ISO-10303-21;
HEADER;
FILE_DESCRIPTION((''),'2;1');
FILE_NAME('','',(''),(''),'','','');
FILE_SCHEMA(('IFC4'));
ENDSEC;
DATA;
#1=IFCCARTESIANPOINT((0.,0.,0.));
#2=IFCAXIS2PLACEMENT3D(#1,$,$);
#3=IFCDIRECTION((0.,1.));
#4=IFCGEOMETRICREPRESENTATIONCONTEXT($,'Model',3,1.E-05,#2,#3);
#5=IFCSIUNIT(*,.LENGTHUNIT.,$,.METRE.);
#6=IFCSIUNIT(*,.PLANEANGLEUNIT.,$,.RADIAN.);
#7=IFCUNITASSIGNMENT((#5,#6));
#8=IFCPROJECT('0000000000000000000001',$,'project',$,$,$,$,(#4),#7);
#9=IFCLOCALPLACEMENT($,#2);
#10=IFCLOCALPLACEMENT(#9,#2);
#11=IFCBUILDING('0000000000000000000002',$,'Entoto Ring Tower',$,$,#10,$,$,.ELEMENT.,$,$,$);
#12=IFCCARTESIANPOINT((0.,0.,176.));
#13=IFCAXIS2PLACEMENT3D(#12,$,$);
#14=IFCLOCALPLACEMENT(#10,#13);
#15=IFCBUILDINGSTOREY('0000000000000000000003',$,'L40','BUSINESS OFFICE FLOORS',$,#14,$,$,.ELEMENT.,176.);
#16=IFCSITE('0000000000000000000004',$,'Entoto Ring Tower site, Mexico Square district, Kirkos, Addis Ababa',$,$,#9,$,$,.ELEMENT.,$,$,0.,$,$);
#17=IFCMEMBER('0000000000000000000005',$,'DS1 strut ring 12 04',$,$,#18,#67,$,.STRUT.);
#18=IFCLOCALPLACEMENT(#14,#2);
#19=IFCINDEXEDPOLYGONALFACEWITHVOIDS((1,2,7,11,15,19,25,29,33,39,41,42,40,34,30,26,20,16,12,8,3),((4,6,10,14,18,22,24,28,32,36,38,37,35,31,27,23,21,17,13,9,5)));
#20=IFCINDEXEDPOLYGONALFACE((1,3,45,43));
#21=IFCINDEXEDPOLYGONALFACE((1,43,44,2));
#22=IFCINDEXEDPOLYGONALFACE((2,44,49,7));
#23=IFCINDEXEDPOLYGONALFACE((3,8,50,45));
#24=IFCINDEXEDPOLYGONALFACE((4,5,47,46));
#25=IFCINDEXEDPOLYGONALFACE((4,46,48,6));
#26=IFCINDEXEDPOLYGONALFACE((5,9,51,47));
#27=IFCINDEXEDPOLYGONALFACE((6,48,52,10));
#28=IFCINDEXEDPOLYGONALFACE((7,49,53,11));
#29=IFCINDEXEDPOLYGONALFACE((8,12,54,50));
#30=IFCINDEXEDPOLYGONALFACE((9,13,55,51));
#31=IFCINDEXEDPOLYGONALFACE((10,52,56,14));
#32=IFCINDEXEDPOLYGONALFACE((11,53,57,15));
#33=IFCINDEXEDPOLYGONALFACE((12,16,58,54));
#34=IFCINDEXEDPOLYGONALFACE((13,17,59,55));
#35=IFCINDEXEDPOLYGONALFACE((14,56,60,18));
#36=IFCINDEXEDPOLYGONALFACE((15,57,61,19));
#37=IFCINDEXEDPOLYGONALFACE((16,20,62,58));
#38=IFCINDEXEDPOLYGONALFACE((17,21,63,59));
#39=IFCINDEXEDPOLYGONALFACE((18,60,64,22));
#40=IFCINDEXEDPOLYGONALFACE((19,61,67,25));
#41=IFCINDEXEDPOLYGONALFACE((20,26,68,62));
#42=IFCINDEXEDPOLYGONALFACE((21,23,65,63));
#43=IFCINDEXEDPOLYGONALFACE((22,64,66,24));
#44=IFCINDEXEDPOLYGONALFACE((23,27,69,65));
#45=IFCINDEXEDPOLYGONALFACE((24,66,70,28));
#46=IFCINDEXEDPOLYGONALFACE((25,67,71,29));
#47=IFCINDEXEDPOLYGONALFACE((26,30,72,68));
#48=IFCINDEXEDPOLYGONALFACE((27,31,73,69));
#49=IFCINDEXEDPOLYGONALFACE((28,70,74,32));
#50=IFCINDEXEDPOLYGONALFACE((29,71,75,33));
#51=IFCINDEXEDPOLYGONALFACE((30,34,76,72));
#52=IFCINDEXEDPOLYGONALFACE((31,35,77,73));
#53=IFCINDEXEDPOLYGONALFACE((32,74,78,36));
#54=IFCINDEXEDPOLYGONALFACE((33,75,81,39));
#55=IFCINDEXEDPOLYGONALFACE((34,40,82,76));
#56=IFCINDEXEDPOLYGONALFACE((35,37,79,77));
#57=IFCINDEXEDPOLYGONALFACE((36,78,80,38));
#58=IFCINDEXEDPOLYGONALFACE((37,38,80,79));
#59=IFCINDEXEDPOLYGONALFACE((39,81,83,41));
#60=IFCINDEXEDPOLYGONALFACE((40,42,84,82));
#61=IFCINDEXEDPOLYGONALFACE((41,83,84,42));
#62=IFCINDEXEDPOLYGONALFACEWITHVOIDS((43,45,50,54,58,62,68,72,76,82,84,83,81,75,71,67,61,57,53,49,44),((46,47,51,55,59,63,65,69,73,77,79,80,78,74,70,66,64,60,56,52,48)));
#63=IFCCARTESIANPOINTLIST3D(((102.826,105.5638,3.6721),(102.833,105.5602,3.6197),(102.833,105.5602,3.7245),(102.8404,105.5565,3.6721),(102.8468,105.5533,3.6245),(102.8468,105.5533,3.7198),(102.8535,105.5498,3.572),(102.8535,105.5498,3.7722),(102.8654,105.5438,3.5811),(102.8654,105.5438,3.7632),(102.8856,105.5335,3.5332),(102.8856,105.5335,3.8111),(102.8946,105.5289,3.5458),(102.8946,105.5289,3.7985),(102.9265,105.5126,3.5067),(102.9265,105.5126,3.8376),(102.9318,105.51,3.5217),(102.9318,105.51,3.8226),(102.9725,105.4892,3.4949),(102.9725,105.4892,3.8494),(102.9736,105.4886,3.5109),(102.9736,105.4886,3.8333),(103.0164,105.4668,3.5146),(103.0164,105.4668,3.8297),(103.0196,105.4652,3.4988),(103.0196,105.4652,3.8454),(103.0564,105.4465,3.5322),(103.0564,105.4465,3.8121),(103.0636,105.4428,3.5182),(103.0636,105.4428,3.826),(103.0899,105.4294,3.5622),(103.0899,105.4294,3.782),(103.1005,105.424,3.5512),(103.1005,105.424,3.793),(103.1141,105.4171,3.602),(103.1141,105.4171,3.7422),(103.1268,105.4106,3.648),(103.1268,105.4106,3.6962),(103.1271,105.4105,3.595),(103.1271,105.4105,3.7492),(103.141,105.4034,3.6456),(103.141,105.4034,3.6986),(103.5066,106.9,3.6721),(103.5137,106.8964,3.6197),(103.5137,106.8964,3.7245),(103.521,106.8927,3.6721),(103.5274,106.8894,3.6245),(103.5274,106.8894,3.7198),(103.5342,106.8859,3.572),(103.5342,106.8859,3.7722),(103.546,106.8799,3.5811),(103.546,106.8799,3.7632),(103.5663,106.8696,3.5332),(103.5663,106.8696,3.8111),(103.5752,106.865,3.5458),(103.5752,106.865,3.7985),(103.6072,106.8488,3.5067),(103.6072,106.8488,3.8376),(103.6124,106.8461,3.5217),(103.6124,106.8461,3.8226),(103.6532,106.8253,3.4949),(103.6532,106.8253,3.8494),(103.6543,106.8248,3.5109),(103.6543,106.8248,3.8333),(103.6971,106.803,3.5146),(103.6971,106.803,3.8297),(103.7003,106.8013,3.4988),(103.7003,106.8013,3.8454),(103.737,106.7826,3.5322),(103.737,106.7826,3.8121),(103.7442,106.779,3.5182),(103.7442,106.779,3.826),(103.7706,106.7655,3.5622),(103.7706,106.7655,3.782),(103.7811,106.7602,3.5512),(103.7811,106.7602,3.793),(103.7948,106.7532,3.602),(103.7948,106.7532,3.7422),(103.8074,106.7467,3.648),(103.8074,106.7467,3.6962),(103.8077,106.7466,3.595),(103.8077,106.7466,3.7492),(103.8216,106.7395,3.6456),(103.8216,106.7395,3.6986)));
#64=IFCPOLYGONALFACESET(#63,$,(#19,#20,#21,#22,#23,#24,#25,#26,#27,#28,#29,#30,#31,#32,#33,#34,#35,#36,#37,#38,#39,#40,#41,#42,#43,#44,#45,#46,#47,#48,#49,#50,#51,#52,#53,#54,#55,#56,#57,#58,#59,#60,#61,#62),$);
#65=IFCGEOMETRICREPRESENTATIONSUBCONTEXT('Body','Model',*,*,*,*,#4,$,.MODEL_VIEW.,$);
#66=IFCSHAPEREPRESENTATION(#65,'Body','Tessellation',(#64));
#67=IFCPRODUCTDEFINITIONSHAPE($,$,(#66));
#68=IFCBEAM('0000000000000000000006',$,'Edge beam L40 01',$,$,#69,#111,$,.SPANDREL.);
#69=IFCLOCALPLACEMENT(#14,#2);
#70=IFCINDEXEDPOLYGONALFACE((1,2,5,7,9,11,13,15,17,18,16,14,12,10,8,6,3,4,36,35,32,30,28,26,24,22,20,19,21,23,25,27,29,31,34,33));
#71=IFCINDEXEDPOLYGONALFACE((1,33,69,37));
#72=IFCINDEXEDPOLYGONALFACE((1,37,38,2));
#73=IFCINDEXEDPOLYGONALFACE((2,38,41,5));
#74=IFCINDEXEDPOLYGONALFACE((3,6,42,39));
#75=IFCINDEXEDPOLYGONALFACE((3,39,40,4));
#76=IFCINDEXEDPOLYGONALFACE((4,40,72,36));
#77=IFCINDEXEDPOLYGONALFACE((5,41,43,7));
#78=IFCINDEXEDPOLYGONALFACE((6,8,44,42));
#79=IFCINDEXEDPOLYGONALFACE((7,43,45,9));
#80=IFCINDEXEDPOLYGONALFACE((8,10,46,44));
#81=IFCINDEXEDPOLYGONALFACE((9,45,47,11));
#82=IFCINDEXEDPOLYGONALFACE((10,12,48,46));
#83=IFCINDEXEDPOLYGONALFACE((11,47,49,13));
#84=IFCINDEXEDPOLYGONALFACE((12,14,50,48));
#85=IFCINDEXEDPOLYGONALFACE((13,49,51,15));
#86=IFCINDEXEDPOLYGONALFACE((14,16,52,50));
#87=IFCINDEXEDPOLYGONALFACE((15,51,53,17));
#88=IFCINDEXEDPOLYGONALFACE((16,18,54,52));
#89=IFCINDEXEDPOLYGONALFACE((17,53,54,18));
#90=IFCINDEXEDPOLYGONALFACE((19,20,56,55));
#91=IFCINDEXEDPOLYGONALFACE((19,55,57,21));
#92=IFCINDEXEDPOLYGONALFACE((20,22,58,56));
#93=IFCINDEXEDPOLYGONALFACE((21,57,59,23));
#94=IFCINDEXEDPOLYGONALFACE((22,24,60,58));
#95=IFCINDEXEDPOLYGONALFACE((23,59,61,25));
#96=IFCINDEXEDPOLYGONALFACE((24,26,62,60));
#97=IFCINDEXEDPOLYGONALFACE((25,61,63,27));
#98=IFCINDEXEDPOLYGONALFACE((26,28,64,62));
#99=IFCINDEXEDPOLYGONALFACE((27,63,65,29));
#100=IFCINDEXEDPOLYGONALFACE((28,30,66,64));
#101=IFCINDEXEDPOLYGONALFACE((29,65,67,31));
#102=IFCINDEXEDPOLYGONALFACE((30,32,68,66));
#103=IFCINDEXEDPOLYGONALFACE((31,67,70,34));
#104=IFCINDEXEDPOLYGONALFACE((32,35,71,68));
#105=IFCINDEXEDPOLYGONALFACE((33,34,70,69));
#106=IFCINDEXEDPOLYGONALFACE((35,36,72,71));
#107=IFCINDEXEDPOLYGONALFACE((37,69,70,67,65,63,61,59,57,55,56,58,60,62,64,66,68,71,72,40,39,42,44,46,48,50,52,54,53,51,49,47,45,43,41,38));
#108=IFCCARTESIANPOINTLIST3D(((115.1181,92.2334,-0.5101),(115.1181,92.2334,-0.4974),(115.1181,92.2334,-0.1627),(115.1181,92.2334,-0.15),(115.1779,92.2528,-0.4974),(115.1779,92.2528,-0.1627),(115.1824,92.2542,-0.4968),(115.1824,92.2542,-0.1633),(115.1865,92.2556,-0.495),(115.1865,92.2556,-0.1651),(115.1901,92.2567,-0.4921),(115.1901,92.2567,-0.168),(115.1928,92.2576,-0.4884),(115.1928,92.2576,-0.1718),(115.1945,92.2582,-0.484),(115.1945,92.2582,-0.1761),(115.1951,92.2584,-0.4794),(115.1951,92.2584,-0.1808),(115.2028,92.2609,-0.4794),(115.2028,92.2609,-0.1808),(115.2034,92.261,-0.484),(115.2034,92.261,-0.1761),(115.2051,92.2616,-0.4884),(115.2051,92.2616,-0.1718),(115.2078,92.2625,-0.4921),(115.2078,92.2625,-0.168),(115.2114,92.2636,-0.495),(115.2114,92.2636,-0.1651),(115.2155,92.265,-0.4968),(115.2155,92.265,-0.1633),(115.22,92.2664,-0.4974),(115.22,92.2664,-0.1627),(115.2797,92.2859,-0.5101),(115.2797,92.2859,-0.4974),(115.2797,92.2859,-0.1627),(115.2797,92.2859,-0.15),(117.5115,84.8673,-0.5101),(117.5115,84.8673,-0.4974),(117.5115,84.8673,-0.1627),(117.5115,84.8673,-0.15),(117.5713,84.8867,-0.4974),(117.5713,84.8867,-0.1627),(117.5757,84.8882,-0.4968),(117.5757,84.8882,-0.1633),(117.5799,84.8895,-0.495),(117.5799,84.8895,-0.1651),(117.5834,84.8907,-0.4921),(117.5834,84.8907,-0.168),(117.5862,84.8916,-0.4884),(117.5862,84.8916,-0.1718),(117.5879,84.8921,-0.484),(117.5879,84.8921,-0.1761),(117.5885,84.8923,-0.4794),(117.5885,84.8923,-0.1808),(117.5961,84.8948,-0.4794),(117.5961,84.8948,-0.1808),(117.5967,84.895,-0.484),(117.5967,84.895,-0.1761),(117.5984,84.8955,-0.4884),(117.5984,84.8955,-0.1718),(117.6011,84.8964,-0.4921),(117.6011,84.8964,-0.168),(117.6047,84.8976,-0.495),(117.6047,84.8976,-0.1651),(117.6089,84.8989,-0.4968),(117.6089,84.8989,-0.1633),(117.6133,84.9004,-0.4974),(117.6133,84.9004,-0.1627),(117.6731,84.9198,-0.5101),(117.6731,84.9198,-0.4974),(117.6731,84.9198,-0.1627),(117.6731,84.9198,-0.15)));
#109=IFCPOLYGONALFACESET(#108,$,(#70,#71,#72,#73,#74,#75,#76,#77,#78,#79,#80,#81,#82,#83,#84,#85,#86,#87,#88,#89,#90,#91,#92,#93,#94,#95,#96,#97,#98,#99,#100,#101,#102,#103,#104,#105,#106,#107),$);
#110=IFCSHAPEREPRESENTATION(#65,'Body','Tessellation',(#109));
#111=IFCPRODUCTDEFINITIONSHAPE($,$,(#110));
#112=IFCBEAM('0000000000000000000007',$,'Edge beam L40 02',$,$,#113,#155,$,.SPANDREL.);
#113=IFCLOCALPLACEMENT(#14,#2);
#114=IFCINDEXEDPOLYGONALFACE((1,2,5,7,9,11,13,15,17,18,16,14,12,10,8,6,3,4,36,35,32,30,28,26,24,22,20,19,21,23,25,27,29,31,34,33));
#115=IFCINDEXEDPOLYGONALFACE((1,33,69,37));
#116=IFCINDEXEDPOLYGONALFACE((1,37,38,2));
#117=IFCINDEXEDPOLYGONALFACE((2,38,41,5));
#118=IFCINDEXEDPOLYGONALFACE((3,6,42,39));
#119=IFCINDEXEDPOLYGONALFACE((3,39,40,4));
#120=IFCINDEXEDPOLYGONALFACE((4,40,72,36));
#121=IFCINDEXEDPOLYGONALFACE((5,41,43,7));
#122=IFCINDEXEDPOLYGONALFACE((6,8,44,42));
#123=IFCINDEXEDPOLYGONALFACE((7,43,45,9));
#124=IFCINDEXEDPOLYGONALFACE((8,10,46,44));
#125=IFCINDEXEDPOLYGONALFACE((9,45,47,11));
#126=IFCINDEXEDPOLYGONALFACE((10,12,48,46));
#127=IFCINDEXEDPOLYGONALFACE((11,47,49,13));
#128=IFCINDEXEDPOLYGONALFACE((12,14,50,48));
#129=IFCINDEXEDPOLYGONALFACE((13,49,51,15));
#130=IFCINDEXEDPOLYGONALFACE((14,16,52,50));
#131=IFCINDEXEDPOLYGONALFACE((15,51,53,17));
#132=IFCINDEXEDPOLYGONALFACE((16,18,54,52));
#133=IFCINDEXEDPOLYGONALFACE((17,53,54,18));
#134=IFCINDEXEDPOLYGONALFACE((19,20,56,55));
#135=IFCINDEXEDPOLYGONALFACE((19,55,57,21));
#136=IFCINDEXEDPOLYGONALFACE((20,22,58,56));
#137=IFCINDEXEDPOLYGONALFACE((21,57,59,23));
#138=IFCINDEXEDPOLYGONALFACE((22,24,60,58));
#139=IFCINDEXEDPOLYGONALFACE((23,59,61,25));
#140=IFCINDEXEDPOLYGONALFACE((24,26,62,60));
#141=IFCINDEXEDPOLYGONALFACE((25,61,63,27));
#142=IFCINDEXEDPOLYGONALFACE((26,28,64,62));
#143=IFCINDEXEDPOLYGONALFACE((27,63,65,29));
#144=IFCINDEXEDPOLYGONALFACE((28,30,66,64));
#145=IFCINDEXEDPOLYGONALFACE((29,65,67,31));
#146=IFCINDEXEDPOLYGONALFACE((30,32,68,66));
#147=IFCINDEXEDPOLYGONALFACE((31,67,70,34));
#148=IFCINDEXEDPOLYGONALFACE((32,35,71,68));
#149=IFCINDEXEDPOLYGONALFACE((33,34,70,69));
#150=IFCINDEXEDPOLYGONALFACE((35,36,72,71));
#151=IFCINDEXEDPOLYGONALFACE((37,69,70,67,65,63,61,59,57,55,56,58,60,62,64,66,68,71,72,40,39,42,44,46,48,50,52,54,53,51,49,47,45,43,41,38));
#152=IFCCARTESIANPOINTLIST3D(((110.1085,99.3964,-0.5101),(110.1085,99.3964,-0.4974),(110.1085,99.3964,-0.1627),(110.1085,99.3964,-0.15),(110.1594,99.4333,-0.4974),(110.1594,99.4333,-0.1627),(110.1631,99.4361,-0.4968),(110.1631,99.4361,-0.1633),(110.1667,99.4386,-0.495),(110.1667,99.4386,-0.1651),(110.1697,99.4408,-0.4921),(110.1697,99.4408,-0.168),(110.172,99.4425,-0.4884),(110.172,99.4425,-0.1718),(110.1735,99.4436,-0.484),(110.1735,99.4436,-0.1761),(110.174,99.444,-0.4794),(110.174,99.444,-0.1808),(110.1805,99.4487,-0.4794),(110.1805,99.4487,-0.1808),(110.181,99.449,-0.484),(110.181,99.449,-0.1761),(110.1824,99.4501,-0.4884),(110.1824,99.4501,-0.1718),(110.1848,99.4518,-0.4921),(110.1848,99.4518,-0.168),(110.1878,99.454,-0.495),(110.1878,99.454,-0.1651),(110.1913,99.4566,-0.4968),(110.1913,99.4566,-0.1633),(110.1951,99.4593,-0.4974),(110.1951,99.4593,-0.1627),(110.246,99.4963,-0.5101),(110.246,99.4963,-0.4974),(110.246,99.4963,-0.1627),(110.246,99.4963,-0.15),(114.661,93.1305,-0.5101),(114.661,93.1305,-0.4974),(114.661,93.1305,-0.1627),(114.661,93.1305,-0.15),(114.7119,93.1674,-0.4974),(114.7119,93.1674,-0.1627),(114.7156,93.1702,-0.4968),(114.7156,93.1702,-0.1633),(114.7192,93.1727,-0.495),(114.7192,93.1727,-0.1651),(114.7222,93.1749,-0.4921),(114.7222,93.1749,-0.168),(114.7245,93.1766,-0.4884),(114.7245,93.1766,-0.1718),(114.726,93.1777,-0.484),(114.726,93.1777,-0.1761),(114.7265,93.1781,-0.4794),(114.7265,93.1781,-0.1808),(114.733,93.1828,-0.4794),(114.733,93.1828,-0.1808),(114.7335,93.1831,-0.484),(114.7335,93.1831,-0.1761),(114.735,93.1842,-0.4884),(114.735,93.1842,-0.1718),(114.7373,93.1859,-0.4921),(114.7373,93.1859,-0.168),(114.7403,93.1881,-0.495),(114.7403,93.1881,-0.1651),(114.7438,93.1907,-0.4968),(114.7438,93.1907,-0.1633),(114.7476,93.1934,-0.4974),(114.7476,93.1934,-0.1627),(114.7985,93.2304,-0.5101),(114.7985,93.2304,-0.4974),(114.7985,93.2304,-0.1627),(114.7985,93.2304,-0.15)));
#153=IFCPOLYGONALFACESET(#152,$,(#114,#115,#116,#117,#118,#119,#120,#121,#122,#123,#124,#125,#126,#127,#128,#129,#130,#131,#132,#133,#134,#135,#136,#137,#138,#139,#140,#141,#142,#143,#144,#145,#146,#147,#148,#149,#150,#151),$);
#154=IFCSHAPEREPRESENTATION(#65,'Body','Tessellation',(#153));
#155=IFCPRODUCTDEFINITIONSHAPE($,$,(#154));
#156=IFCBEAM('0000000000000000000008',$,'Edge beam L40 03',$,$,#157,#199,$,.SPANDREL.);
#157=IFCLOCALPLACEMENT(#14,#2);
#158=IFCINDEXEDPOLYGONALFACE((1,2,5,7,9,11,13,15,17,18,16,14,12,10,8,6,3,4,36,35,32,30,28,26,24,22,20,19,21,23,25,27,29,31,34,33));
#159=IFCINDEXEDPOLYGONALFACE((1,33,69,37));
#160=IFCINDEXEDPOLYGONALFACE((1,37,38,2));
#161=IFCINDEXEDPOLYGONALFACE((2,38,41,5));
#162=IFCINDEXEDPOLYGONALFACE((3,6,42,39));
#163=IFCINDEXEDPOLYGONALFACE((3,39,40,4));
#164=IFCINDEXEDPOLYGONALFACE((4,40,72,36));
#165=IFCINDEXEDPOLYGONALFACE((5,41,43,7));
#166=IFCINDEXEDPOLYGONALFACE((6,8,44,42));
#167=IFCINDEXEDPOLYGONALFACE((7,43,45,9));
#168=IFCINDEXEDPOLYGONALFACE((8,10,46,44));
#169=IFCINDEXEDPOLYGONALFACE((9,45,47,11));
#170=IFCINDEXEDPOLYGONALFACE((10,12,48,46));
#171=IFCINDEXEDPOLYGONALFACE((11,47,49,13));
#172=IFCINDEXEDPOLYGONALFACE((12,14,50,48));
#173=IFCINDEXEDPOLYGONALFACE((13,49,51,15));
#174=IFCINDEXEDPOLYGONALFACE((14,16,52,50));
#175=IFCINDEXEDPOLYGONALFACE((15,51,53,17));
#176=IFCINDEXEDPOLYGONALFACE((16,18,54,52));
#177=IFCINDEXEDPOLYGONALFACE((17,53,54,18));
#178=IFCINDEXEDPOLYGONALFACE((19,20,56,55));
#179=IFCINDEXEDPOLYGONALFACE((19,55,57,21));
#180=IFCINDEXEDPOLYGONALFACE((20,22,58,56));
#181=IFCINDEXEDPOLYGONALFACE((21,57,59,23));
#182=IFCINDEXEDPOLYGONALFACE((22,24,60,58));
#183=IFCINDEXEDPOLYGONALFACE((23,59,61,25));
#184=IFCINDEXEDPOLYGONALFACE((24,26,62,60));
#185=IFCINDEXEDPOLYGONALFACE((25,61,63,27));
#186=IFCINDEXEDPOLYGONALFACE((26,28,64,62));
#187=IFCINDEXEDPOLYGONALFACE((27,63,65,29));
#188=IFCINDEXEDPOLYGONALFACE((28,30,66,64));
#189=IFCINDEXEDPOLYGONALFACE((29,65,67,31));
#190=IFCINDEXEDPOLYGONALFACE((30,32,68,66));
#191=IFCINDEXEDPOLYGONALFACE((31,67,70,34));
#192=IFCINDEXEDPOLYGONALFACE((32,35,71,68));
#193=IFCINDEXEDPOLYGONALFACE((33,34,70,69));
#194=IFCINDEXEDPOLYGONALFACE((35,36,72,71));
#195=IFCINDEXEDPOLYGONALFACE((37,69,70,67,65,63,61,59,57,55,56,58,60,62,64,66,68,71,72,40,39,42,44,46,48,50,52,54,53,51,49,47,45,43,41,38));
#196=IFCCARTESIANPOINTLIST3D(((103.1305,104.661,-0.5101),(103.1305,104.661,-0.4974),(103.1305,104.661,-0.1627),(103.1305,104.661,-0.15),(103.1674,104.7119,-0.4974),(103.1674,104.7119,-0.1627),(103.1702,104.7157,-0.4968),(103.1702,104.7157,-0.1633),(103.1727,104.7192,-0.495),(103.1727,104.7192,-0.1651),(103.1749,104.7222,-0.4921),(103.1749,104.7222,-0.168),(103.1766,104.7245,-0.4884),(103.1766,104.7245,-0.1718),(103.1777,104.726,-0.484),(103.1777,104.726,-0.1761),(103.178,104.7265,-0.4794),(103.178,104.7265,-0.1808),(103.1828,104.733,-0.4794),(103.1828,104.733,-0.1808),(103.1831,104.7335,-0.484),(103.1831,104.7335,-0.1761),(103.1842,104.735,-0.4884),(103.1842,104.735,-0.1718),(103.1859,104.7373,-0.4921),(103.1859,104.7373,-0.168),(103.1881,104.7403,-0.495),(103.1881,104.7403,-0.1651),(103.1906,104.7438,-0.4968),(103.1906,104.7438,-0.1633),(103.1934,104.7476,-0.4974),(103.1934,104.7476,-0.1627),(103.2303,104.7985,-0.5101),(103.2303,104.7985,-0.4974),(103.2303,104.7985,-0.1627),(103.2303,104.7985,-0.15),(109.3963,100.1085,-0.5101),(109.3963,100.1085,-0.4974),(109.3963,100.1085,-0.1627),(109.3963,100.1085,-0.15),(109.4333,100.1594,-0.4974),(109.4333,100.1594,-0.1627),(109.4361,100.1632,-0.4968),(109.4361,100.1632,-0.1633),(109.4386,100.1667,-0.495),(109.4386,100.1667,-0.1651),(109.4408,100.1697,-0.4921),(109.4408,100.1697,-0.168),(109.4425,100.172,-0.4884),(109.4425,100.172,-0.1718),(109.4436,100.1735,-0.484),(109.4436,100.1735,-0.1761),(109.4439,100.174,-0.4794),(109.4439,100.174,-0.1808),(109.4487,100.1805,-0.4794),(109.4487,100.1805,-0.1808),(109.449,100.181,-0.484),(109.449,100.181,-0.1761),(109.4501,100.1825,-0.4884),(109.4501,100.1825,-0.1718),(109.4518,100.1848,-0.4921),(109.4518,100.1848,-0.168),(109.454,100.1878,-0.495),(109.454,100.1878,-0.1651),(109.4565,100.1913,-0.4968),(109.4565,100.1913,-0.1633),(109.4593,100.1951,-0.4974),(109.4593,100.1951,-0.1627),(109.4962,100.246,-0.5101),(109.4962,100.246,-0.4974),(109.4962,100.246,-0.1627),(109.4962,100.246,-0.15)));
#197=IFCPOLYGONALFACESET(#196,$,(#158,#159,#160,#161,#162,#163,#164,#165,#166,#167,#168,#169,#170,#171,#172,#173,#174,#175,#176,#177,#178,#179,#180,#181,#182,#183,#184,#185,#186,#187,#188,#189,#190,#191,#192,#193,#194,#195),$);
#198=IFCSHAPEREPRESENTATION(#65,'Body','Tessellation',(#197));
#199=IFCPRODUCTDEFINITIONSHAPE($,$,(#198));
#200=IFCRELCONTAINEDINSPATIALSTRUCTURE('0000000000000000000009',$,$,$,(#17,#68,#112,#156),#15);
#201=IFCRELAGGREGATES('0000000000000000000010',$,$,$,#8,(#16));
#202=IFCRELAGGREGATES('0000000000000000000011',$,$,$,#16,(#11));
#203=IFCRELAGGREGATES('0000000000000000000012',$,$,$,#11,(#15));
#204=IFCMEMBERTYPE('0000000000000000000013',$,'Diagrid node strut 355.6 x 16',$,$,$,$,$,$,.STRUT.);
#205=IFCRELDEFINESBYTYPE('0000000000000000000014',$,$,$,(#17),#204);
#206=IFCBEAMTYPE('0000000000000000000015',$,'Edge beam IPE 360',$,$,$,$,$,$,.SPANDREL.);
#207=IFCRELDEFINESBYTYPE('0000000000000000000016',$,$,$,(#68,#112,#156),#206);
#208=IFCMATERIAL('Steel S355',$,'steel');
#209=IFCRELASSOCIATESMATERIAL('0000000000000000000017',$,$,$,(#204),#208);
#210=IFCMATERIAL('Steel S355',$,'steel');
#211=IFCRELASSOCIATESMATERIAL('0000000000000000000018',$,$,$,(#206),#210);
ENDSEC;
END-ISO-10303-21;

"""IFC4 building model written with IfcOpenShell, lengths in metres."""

from ifc_helpers import new_model, si_unit, direction, frame, origin, origin_2d, place, context, subcontext, project, spatial, circle, hollow_circle, i_section, extrude, material, material_profile, profile_set, type_object, element, save


model = new_model("IFC4")

# Units and contexts
model_context = context("Model", 3, precision=1e-05, world=origin(), true_north=direction((0.0, 1.0)))
body_context = subcontext(model_context, "Body", "Model", "MODEL_VIEW")
ifc_project = project(units=[si_unit("LENGTHUNIT", "METRE"), si_unit("PLANEANGLEUNIT", "RADIAN")], contexts=[model_context])

# Site, building, storey
site_placement = place(None, origin())
site = spatial("IfcSite", under=ifc_project, at=site_placement, Name="Entoto Ring Tower site, Mexico Square district, Kirkos, Addis Ababa", CompositionType="ELEMENT", RefElevation=0.0)
building_placement = place(site_placement, origin())
building = spatial("IfcBuilding", under=site, at=building_placement, Name="Entoto Ring Tower", CompositionType="ELEMENT")
storey_placement = place(building_placement, frame((0.0, 0.0, 176.0)))
storey = spatial("IfcBuildingStorey", under=building, at=storey_placement, Name="L40", Description="BUSINESS OFFICE FLOORS", CompositionType="ELEMENT", Elevation=176.0)

# Member
ifc_material_1 = material(Name="Steel S355", Category="steel")
ifc_material_profile_1 = material_profile(ifc_material_1, hollow_circle(Radius=0.1777, WallThickness=0.0161, at=origin_2d()), Name="CHS 355.6 x 16")
ifc_material_2 = material(Name="Concrete C60/75", Category="concrete")
ifc_material_profile_2 = material_profile(ifc_material_2, circle(Radius=0.1619, at=origin_2d()), Name="Concrete C60/75 infill")
ifc_profile_set_1 = profile_set([ifc_material_profile_1, ifc_material_profile_2], Name="Steel S355")
member_type = type_object("IfcMemberType", Name="Diagrid node strut 355.6 x 16", PredefinedType="STRUT", material=ifc_profile_set_1)
for number, where, z_axis, x_axis, name in (
    (1, (102.9844, 105.4832, 3.6721), (0.453909, 0.891048, 0.0), (-0.891048, 0.453909, 0.0), "DS1 strut ring 12 04"),
):
    element("IfcMember", number, at=place(storey_placement, frame(where, z_axis=z_axis, x_axis=x_axis)), inside=storey, type_object=member_type, Name=name, PredefinedType="STRUT", context=body_context, shape_type="SweptSolid", body=[
        extrude(hollow_circle(Radius=0.1777, WallThickness=0.0161, at=origin_2d()), origin(), (0.0, 0.0, 1.0), 1.4995),
    ])

# Beams
ifc_material_3 = material(Name="Steel S355", Category="steel")
ifc_material_profile_3 = material_profile(ifc_material_3, i_section(OverallWidth=0.1699, OverallDepth=0.3601, WebThickness=0.0081, FlangeThickness=0.0127, FilletRadius=0.0181, at=origin_2d()), Name="IPE 360")
ifc_profile_set_2 = profile_set([ifc_material_profile_3], Name="Steel S355")
beam_type_1 = type_object("IfcBeamType", Name="Edge beam IPE 360", PredefinedType="SPANDREL", material=ifc_profile_set_2)
for number, where, z_axis, x_axis, name in (
    (2, (117.5923, 84.8936, -0.3301), (-0.309013, 0.951058, 0.0), (-0.951058, -0.309013, 0.0), "Edge beam L40 01"),
    (3, (114.7297, 93.1804, -0.3301), (-0.587791, 0.809013, 0.0), (-0.809013, -0.587791, 0.0), "Edge beam L40 02"),
    (4, (109.4463, 100.1772, -0.3301), (-0.809013, 0.587791, 0.0), (-0.587791, -0.809013, 0.0), "Edge beam L40 03"),
):
    element("IfcBeam", number, at=place(storey_placement, frame(where, z_axis=z_axis, x_axis=x_axis)), inside=storey, type_object=beam_type_1, Name=name, PredefinedType="SPANDREL", context=body_context, shape_type="SweptSolid", body=[
        extrude(i_section(OverallWidth=0.1699, OverallDepth=0.3601, WebThickness=0.0081, FlangeThickness=0.0127, FilletRadius=0.0181, at=origin_2d()), origin(), (0.0, 0.0, 1.0), 7.7451),
    ])

save(model, "model.ifc")
